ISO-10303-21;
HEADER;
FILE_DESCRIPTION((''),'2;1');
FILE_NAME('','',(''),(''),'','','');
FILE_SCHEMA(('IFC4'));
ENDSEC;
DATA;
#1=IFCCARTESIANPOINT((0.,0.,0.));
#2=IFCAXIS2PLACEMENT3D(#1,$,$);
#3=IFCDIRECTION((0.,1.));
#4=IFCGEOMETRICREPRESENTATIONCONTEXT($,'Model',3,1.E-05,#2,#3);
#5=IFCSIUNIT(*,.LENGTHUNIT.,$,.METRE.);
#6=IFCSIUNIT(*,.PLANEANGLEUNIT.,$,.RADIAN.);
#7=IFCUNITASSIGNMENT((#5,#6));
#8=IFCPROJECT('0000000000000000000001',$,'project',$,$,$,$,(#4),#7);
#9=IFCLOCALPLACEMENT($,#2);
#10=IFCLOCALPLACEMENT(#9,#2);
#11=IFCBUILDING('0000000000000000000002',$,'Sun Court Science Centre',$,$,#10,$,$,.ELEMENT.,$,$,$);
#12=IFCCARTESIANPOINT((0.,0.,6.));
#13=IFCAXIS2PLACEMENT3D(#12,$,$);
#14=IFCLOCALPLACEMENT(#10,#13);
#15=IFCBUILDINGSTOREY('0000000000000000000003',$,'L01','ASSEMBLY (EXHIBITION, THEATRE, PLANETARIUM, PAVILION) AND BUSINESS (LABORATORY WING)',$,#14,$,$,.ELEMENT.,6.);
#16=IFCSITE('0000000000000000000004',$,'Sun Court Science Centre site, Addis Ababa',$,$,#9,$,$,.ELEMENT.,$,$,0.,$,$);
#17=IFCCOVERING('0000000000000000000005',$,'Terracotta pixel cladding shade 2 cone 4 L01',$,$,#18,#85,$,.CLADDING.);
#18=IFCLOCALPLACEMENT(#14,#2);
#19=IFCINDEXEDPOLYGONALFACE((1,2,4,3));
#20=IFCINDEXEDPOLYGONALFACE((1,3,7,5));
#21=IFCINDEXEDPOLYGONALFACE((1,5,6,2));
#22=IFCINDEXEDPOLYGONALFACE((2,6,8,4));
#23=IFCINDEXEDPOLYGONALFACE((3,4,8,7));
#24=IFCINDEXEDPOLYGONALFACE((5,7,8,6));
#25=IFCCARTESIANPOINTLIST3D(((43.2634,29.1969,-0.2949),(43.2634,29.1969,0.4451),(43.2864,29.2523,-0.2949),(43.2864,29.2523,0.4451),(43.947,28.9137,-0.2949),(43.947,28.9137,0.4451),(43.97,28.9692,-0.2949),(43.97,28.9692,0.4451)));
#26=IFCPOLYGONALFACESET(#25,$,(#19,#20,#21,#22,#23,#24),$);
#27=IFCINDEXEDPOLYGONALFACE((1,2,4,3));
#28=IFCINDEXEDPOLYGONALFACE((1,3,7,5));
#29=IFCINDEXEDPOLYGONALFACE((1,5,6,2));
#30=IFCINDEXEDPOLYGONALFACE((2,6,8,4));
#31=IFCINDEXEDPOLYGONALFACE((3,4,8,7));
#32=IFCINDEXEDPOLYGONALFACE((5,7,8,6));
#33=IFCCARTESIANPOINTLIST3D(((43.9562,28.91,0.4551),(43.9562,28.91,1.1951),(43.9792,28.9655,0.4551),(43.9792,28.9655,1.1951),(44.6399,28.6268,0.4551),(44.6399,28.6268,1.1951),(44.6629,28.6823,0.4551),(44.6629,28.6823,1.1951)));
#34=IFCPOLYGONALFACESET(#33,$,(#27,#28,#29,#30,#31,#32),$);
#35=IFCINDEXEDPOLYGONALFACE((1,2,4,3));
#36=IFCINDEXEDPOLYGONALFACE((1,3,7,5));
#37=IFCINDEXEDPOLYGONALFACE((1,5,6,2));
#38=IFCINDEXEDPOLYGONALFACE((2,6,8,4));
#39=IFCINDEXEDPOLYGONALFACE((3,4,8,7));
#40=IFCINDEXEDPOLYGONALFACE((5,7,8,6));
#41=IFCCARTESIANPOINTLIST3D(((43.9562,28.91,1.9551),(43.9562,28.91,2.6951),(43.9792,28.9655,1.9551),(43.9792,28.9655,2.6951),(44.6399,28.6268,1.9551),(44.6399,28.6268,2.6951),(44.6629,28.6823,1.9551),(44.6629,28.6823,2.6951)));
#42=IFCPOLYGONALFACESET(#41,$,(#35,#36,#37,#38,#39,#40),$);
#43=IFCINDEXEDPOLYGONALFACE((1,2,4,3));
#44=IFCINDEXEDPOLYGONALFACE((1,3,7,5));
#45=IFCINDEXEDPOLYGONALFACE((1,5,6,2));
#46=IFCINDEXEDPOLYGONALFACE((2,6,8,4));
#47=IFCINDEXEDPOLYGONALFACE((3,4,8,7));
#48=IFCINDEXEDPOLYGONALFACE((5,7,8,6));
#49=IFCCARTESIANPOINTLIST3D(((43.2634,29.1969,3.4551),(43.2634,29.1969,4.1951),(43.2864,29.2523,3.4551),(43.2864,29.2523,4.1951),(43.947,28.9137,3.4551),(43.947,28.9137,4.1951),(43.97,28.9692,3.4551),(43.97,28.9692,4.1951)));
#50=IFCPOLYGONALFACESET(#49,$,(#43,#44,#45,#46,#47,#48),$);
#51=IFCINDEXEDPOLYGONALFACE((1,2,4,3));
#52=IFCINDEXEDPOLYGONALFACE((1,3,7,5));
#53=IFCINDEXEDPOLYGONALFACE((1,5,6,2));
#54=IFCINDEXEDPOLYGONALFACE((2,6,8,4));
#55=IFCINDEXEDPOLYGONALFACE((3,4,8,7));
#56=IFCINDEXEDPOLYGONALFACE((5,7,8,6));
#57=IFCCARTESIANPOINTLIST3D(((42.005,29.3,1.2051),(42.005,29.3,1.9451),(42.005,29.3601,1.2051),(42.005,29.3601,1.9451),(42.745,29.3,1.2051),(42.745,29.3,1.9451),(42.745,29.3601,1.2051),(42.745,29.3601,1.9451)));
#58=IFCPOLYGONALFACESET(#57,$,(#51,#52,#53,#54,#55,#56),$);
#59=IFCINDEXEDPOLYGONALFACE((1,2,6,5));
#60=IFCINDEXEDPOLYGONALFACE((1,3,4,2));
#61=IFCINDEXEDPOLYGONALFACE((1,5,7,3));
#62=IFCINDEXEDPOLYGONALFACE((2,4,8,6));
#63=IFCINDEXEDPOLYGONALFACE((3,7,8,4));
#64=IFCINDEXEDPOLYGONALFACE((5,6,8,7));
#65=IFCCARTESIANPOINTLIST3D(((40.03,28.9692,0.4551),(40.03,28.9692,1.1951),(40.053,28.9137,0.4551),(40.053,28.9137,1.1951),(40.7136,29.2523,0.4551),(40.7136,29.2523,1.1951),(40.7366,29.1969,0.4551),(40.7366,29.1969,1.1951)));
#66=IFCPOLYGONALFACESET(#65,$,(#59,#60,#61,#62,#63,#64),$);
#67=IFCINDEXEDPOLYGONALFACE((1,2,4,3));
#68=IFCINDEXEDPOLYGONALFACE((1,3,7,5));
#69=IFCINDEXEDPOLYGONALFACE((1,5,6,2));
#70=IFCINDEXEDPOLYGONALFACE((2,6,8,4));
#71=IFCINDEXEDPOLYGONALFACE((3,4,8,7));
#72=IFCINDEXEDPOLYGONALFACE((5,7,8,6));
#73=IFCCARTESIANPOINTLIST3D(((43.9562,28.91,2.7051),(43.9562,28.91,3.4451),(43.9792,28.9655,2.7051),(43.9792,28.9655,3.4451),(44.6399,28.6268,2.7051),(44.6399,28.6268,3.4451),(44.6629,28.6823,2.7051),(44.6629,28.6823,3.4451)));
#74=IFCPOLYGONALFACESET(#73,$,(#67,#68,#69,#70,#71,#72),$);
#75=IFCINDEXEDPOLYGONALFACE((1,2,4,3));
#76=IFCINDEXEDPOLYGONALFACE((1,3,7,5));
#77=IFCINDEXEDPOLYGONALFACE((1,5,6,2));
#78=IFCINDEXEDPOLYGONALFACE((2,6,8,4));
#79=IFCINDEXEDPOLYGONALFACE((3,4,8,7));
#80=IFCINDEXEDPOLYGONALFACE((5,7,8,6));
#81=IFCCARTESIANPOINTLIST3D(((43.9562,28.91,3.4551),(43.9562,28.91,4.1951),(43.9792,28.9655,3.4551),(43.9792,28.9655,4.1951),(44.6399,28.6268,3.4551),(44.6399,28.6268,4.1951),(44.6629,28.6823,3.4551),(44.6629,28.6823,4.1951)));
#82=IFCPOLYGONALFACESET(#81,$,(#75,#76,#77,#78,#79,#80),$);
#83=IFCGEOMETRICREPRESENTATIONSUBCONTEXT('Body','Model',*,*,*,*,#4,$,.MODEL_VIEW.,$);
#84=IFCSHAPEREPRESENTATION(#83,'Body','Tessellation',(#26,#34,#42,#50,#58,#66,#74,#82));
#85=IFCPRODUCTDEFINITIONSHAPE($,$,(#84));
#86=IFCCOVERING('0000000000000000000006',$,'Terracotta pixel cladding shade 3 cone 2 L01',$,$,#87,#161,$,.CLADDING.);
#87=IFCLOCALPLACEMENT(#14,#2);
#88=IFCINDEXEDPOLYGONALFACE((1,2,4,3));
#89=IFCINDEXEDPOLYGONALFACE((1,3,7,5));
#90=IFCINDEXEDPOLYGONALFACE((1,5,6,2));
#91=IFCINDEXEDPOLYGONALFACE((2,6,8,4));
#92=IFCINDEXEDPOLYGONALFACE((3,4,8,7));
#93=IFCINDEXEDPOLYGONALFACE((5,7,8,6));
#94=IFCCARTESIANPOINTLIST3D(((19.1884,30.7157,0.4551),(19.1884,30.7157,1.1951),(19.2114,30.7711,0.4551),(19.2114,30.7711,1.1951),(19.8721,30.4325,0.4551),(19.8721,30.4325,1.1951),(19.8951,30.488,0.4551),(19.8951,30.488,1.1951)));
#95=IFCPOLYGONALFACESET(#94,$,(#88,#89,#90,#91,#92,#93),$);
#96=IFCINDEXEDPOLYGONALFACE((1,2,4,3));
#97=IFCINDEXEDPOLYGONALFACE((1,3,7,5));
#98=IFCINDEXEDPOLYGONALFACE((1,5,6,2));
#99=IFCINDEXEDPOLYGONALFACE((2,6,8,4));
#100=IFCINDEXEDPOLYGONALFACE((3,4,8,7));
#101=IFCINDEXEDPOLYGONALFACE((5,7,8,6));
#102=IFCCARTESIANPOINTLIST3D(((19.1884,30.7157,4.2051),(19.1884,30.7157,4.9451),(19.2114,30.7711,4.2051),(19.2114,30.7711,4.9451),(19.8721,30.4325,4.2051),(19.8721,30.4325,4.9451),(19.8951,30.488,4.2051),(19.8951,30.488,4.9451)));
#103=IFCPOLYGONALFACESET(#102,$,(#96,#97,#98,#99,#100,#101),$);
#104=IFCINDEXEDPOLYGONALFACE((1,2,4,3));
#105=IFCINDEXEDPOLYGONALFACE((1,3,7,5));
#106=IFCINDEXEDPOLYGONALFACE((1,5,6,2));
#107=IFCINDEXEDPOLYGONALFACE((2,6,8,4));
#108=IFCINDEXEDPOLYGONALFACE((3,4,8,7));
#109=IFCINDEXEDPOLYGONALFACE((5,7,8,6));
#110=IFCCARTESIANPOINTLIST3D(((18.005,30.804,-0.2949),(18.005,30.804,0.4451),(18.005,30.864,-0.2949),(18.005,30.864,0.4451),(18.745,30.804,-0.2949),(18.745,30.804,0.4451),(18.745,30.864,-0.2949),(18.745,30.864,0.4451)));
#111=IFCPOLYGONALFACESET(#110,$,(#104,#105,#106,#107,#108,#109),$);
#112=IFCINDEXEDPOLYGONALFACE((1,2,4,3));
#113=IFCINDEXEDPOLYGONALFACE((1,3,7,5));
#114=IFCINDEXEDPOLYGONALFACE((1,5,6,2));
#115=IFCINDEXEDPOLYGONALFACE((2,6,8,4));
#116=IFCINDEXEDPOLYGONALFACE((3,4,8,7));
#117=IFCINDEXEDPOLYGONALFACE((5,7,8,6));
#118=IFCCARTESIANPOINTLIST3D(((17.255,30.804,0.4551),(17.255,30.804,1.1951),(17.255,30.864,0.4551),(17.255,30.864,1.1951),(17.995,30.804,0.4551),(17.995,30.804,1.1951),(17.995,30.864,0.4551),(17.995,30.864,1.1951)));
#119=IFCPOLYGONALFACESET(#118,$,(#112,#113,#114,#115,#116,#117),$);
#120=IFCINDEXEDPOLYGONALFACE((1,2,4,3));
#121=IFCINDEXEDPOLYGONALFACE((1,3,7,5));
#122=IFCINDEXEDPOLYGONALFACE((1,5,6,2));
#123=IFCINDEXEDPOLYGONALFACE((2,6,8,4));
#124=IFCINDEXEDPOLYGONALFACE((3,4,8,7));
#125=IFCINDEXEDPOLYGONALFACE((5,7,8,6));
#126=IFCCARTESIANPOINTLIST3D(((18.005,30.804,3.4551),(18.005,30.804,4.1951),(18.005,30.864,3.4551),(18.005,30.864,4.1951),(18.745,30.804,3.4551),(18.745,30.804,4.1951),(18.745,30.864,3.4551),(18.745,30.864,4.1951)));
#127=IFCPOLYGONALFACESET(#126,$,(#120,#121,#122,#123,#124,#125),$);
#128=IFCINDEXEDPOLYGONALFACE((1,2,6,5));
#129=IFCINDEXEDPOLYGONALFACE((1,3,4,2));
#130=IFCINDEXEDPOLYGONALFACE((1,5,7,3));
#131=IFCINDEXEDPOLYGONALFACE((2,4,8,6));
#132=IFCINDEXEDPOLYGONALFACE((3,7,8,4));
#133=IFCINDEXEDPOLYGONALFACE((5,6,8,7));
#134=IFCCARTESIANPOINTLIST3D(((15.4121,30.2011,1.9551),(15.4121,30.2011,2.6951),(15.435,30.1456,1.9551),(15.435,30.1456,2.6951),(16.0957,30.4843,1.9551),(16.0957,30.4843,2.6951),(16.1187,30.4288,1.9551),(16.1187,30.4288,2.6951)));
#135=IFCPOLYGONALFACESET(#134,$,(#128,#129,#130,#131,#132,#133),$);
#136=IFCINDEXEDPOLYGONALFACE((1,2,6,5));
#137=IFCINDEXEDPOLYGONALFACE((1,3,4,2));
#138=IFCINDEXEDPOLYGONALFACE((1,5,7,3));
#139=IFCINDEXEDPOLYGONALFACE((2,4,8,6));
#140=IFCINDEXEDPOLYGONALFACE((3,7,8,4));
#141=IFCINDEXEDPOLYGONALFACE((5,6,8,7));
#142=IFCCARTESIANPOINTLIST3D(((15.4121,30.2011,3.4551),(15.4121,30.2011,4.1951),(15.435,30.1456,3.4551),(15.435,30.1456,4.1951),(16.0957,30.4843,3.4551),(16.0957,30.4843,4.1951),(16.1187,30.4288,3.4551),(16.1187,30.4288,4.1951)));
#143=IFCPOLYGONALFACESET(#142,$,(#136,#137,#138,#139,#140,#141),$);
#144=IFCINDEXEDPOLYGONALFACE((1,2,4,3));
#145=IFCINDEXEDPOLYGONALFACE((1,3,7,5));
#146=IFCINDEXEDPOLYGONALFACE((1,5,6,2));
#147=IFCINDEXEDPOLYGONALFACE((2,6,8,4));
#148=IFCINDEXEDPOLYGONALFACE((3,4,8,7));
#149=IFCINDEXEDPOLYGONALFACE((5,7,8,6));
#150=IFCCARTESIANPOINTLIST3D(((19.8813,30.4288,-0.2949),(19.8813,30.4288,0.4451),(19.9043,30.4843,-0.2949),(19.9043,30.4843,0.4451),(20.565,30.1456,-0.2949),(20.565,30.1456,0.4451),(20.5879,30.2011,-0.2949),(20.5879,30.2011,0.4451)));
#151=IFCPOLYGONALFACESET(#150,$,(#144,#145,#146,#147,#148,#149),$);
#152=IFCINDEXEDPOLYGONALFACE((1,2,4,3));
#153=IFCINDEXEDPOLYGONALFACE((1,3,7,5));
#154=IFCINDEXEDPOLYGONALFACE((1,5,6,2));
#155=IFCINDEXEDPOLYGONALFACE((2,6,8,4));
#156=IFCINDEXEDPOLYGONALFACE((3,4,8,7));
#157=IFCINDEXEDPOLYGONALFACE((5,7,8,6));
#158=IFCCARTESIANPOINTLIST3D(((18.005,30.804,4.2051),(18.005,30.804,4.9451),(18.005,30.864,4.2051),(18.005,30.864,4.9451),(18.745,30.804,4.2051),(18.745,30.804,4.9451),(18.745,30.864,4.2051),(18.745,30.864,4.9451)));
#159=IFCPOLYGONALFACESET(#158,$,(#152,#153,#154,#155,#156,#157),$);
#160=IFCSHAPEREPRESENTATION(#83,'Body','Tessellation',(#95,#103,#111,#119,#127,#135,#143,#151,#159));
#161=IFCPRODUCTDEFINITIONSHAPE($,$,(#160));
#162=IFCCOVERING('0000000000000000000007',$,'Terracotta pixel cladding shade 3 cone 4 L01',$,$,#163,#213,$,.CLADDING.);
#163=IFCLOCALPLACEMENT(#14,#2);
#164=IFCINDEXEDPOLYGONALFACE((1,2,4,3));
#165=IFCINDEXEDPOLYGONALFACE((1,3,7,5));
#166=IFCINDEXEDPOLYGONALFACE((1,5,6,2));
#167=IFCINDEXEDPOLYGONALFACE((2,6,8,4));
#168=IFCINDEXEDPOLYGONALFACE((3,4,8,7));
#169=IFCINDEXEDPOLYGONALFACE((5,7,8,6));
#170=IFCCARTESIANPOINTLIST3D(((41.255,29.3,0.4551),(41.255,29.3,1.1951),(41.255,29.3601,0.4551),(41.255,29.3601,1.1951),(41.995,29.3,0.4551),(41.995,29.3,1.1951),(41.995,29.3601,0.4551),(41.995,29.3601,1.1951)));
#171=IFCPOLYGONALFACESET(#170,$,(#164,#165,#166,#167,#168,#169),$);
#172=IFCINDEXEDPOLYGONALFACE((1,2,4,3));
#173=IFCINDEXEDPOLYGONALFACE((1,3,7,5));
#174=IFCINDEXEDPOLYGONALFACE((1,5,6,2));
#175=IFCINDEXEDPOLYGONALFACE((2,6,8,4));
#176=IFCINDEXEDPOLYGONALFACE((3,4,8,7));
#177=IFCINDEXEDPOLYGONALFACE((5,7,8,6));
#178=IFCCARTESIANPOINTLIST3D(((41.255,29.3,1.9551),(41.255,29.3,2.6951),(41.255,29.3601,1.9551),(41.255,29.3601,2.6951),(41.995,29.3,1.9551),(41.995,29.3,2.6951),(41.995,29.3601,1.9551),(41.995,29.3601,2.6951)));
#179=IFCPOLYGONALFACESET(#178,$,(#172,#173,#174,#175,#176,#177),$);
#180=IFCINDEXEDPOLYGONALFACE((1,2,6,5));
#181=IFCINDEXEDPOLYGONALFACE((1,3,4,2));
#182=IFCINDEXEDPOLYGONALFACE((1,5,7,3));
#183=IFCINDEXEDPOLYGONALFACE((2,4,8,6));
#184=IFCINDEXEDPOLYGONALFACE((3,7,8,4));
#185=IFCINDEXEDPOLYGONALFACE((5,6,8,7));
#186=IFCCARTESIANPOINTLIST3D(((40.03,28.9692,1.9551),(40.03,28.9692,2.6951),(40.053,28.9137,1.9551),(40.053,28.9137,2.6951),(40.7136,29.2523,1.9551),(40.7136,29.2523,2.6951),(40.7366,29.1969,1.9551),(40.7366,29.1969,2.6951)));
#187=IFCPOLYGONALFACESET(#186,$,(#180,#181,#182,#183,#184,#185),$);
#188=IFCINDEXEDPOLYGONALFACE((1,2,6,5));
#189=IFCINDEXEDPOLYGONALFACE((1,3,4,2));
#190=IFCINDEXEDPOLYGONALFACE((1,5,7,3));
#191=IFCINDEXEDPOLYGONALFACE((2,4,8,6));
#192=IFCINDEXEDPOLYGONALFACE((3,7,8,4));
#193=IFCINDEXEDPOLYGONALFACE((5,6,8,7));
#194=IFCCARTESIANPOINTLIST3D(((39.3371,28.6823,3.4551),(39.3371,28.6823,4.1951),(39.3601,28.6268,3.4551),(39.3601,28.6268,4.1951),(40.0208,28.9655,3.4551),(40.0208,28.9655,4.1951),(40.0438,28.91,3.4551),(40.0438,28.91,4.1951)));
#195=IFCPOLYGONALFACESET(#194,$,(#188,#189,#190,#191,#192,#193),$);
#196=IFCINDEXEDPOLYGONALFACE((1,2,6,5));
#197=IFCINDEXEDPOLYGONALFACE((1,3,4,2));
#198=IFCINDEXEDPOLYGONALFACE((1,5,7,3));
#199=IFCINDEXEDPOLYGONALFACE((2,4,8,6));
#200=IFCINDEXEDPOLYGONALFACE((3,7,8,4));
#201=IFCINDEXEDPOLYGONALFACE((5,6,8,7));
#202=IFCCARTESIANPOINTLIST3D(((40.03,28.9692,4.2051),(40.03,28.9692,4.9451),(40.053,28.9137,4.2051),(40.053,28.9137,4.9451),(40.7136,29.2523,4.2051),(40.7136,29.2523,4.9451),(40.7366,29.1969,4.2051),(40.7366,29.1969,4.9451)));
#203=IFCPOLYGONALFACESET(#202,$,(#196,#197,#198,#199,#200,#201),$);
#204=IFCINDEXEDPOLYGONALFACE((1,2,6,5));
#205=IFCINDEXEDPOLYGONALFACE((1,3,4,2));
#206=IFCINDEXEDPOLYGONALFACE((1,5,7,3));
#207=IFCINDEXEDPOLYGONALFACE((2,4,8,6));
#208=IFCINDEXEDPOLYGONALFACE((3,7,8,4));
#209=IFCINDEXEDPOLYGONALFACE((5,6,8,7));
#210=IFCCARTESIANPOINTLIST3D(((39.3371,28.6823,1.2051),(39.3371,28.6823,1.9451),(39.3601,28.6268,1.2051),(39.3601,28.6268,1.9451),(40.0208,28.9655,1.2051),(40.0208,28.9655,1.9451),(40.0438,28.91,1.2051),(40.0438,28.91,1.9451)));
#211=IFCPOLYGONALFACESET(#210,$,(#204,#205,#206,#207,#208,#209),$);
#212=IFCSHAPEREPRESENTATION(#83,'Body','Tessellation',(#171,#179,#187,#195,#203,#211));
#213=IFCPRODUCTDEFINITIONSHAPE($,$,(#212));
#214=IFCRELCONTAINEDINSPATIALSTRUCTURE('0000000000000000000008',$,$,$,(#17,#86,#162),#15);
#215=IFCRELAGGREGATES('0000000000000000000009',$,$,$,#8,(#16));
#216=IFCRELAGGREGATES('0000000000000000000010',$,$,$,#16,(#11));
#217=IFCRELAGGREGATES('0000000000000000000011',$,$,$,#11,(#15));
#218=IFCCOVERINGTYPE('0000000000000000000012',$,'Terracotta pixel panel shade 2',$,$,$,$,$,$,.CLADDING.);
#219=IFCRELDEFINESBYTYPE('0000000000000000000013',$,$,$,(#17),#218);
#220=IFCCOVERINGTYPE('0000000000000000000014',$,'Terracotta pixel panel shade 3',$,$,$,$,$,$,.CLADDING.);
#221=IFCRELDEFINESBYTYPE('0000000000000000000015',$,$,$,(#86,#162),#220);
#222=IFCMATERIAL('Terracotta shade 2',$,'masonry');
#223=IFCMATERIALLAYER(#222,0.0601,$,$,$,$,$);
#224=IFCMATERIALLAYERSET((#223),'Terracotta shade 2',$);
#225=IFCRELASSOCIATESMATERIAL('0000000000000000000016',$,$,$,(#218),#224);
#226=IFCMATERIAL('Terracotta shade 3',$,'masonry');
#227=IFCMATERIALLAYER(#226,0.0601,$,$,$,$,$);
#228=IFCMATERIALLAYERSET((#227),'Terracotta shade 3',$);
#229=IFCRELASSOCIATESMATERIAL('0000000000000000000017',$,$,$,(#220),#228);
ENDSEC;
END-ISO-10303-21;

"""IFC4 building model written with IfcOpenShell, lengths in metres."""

from ifc_helpers import new_model, si_unit, direction, frame, origin, origin_2d, place, context, subcontext, project, spatial, rectangle, extrude, material, layer, layer_set, type_object, element, save


model = new_model("IFC4")

# Units and contexts
model_context = context("Model", 3, precision=1e-05, world=origin(), true_north=direction((0.0, 1.0)))
body_context = subcontext(model_context, "Body", "Model", "MODEL_VIEW")
ifc_project = project(units=[si_unit("LENGTHUNIT", "METRE"), si_unit("PLANEANGLEUNIT", "RADIAN")], contexts=[model_context])

# Site, building, storey
site_placement = place(None, origin())
site = spatial("IfcSite", under=ifc_project, at=site_placement, Name="Sun Court Science Centre site, Addis Ababa", CompositionType="ELEMENT", RefElevation=0.0)
building_placement = place(site_placement, origin())
building = spatial("IfcBuilding", under=site, at=building_placement, Name="Sun Court Science Centre", CompositionType="ELEMENT")
storey_placement = place(building_placement, frame((0.0, 0.0, 6.0)))
storey = spatial("IfcBuildingStorey", under=building, at=storey_placement, Name="L01", Description="ASSEMBLY (EXHIBITION, THEATRE, PLANETARIUM, PAVILION) AND BUSINESS (LABORATORY WING)", CompositionType="ELEMENT", Elevation=6.0)

# Coverings
ifc_material_1 = material(Name="Terracotta shade 2", Category="masonry")
ifc_layer_1 = layer(ifc_material_1, 0.0601)
ifc_layer_set_1 = layer_set([ifc_layer_1], Name="Terracotta shade 2")
covering_type_1 = type_object("IfcCoveringType", Name="Terracotta pixel panel shade 2", PredefinedType="CLADDING", material=ifc_layer_set_1)
covering_1_placement = place(storey_placement, frame((0.0, 0.0, -6.0)))
element("IfcCovering", 1, at=covering_1_placement, inside=storey, type_object=covering_type_1, Name="Terracotta pixel cladding shade 2 cone 4 L01", PredefinedType="CLADDING", context=body_context, shape_type="SweptSolid", body=[
    extrude(rectangle(XDim=0.74, YDim=0.0601, at=origin_2d()), frame((43.6167, 29.083, 5.7051), z_axis=(0.0, 0.0, 1.0), x_axis=(0.92388, -0.382683, 0.0)), (0.0, 0.0, 1.0), 0.74),
    extrude(rectangle(XDim=0.74, YDim=0.0601, at=origin_2d()), frame((44.3096, 28.7961, 6.4551), z_axis=(0.0, 0.0, 1.0), x_axis=(0.92388, -0.382683, 0.0)), (0.0, 0.0, 1.0), 0.74),
    extrude(rectangle(XDim=0.74, YDim=0.0601, at=origin_2d()), frame((44.3096, 28.7961, 7.9551), z_axis=(0.0, 0.0, 1.0), x_axis=(0.92388, -0.382683, 0.0)), (0.0, 0.0, 1.0), 0.74),
    extrude(rectangle(XDim=0.74, YDim=0.0601, at=origin_2d()), frame((43.6167, 29.083, 9.4551), z_axis=(0.0, 0.0, 1.0), x_axis=(0.92388, -0.382683, 0.0)), (0.0, 0.0, 1.0), 0.74),
    extrude(rectangle(XDim=0.74, YDim=0.0601, at=origin_2d()), frame((42.375, 29.3301, 7.2051), z_axis=(0.0, 0.0, 1.0), x_axis=(1.0, 0.0, 0.0)), (0.0, 0.0, 1.0), 0.74),
    extrude(rectangle(XDim=0.74, YDim=0.0601, at=origin_2d()), frame((40.3833, 29.083, 6.4551), z_axis=(0.0, 0.0, 1.0), x_axis=(0.92388, 0.382683, 0.0)), (0.0, 0.0, 1.0), 0.74),
    extrude(rectangle(XDim=0.74, YDim=0.0601, at=origin_2d()), frame((44.3096, 28.7961, 8.7051), z_axis=(0.0, 0.0, 1.0), x_axis=(0.92388, -0.382683, 0.0)), (0.0, 0.0, 1.0), 0.74),
    extrude(rectangle(XDim=0.74, YDim=0.0601, at=origin_2d()), frame((44.3096, 28.7961, 9.4551), z_axis=(0.0, 0.0, 1.0), x_axis=(0.92388, -0.382683, 0.0)), (0.0, 0.0, 1.0), 0.74),
])
ifc_material_2 = material(Name="Terracotta shade 3", Category="masonry")
ifc_layer_2 = layer(ifc_material_2, 0.0601)
ifc_layer_set_2 = layer_set([ifc_layer_2], Name="Terracotta shade 3")
covering_type_2 = type_object("IfcCoveringType", Name="Terracotta pixel panel shade 3", PredefinedType="CLADDING", material=ifc_layer_set_2)
covering_2_placement = place(storey_placement, frame((0.0, 0.0, -6.0)))
element("IfcCovering", 2, at=covering_2_placement, inside=storey, type_object=covering_type_2, Name="Terracotta pixel cladding shade 3 cone 2 L01", PredefinedType="CLADDING", context=body_context, shape_type="SweptSolid", body=[
    extrude(rectangle(XDim=0.74, YDim=0.0601, at=origin_2d()), frame((19.5417, 30.6018, 6.4551), z_axis=(0.0, 0.0, 1.0), x_axis=(0.92388, -0.382683, 0.0)), (0.0, 0.0, 1.0), 0.74),
    extrude(rectangle(XDim=0.74, YDim=0.0601, at=origin_2d()), frame((19.5417, 30.6018, 10.2051), z_axis=(0.0, 0.0, 1.0), x_axis=(0.92388, -0.382683, 0.0)), (0.0, 0.0, 1.0), 0.74),
    extrude(rectangle(XDim=0.74, YDim=0.0601, at=origin_2d()), frame((18.375, 30.834, 5.7051), z_axis=(0.0, 0.0, 1.0), x_axis=(1.0, 0.0, 0.0)), (0.0, 0.0, 1.0), 0.74),
    extrude(rectangle(XDim=0.74, YDim=0.0601, at=origin_2d()), frame((17.625, 30.834, 6.4551), z_axis=(0.0, 0.0, 1.0), x_axis=(1.0, 0.0, 0.0)), (0.0, 0.0, 1.0), 0.74),
    extrude(rectangle(XDim=0.74, YDim=0.0601, at=origin_2d()), frame((18.375, 30.834, 9.4551), z_axis=(0.0, 0.0, 1.0), x_axis=(1.0, 0.0, 0.0)), (0.0, 0.0, 1.0), 0.74),
    extrude(rectangle(XDim=0.74, YDim=0.0601, at=origin_2d()), frame((15.7654, 30.3149, 7.9551), z_axis=(0.0, 0.0, 1.0), x_axis=(0.92388, 0.382683, 0.0)), (0.0, 0.0, 1.0), 0.74),
    extrude(rectangle(XDim=0.74, YDim=0.0601, at=origin_2d()), frame((15.7654, 30.3149, 9.4551), z_axis=(0.0, 0.0, 1.0), x_axis=(0.92388, 0.382683, 0.0)), (0.0, 0.0, 1.0), 0.74),
    extrude(rectangle(XDim=0.74, YDim=0.0601, at=origin_2d()), frame((20.2346, 30.3149, 5.7051), z_axis=(0.0, 0.0, 1.0), x_axis=(0.92388, -0.382683, 0.0)), (0.0, 0.0, 1.0), 0.74),
    extrude(rectangle(XDim=0.74, YDim=0.0601, at=origin_2d()), frame((18.375, 30.834, 10.2051), z_axis=(0.0, 0.0, 1.0), x_axis=(1.0, 0.0, 0.0)), (0.0, 0.0, 1.0), 0.74),
])
covering_3_placement = place(storey_placement, frame((0.0, 0.0, -6.0)))
element("IfcCovering", 3, at=covering_3_placement, inside=storey, type_object=covering_type_2, Name="Terracotta pixel cladding shade 3 cone 4 L01", PredefinedType="CLADDING", context=body_context, shape_type="SweptSolid", body=[
    extrude(rectangle(XDim=0.74, YDim=0.0601, at=origin_2d()), frame((41.625, 29.3301, 6.4551), z_axis=(0.0, 0.0, 1.0), x_axis=(1.0, 0.0, 0.0)), (0.0, 0.0, 1.0), 0.74),
    extrude(rectangle(XDim=0.74, YDim=0.0601, at=origin_2d()), frame((41.625, 29.3301, 7.9551), z_axis=(0.0, 0.0, 1.0), x_axis=(1.0, 0.0, 0.0)), (0.0, 0.0, 1.0), 0.74),
    extrude(rectangle(XDim=0.74, YDim=0.0601, at=origin_2d()), frame((40.3833, 29.083, 7.9551), z_axis=(0.0, 0.0, 1.0), x_axis=(0.92388, 0.382683, 0.0)), (0.0, 0.0, 1.0), 0.74),
    extrude(rectangle(XDim=0.74, YDim=0.0601, at=origin_2d()), frame((39.6904, 28.7961, 9.4551), z_axis=(0.0, 0.0, 1.0), x_axis=(0.92388, 0.382683, 0.0)), (0.0, 0.0, 1.0), 0.74),
    extrude(rectangle(XDim=0.74, YDim=0.0601, at=origin_2d()), frame((40.3833, 29.083, 10.2051), z_axis=(0.0, 0.0, 1.0), x_axis=(0.92388, 0.382683, 0.0)), (0.0, 0.0, 1.0), 0.74),
    extrude(rectangle(XDim=0.74, YDim=0.0601, at=origin_2d()), frame((39.6904, 28.7961, 7.2051), z_axis=(0.0, 0.0, 1.0), x_axis=(0.92388, 0.382683, 0.0)), (0.0, 0.0, 1.0), 0.74),
])

save(model, "model.ifc")
